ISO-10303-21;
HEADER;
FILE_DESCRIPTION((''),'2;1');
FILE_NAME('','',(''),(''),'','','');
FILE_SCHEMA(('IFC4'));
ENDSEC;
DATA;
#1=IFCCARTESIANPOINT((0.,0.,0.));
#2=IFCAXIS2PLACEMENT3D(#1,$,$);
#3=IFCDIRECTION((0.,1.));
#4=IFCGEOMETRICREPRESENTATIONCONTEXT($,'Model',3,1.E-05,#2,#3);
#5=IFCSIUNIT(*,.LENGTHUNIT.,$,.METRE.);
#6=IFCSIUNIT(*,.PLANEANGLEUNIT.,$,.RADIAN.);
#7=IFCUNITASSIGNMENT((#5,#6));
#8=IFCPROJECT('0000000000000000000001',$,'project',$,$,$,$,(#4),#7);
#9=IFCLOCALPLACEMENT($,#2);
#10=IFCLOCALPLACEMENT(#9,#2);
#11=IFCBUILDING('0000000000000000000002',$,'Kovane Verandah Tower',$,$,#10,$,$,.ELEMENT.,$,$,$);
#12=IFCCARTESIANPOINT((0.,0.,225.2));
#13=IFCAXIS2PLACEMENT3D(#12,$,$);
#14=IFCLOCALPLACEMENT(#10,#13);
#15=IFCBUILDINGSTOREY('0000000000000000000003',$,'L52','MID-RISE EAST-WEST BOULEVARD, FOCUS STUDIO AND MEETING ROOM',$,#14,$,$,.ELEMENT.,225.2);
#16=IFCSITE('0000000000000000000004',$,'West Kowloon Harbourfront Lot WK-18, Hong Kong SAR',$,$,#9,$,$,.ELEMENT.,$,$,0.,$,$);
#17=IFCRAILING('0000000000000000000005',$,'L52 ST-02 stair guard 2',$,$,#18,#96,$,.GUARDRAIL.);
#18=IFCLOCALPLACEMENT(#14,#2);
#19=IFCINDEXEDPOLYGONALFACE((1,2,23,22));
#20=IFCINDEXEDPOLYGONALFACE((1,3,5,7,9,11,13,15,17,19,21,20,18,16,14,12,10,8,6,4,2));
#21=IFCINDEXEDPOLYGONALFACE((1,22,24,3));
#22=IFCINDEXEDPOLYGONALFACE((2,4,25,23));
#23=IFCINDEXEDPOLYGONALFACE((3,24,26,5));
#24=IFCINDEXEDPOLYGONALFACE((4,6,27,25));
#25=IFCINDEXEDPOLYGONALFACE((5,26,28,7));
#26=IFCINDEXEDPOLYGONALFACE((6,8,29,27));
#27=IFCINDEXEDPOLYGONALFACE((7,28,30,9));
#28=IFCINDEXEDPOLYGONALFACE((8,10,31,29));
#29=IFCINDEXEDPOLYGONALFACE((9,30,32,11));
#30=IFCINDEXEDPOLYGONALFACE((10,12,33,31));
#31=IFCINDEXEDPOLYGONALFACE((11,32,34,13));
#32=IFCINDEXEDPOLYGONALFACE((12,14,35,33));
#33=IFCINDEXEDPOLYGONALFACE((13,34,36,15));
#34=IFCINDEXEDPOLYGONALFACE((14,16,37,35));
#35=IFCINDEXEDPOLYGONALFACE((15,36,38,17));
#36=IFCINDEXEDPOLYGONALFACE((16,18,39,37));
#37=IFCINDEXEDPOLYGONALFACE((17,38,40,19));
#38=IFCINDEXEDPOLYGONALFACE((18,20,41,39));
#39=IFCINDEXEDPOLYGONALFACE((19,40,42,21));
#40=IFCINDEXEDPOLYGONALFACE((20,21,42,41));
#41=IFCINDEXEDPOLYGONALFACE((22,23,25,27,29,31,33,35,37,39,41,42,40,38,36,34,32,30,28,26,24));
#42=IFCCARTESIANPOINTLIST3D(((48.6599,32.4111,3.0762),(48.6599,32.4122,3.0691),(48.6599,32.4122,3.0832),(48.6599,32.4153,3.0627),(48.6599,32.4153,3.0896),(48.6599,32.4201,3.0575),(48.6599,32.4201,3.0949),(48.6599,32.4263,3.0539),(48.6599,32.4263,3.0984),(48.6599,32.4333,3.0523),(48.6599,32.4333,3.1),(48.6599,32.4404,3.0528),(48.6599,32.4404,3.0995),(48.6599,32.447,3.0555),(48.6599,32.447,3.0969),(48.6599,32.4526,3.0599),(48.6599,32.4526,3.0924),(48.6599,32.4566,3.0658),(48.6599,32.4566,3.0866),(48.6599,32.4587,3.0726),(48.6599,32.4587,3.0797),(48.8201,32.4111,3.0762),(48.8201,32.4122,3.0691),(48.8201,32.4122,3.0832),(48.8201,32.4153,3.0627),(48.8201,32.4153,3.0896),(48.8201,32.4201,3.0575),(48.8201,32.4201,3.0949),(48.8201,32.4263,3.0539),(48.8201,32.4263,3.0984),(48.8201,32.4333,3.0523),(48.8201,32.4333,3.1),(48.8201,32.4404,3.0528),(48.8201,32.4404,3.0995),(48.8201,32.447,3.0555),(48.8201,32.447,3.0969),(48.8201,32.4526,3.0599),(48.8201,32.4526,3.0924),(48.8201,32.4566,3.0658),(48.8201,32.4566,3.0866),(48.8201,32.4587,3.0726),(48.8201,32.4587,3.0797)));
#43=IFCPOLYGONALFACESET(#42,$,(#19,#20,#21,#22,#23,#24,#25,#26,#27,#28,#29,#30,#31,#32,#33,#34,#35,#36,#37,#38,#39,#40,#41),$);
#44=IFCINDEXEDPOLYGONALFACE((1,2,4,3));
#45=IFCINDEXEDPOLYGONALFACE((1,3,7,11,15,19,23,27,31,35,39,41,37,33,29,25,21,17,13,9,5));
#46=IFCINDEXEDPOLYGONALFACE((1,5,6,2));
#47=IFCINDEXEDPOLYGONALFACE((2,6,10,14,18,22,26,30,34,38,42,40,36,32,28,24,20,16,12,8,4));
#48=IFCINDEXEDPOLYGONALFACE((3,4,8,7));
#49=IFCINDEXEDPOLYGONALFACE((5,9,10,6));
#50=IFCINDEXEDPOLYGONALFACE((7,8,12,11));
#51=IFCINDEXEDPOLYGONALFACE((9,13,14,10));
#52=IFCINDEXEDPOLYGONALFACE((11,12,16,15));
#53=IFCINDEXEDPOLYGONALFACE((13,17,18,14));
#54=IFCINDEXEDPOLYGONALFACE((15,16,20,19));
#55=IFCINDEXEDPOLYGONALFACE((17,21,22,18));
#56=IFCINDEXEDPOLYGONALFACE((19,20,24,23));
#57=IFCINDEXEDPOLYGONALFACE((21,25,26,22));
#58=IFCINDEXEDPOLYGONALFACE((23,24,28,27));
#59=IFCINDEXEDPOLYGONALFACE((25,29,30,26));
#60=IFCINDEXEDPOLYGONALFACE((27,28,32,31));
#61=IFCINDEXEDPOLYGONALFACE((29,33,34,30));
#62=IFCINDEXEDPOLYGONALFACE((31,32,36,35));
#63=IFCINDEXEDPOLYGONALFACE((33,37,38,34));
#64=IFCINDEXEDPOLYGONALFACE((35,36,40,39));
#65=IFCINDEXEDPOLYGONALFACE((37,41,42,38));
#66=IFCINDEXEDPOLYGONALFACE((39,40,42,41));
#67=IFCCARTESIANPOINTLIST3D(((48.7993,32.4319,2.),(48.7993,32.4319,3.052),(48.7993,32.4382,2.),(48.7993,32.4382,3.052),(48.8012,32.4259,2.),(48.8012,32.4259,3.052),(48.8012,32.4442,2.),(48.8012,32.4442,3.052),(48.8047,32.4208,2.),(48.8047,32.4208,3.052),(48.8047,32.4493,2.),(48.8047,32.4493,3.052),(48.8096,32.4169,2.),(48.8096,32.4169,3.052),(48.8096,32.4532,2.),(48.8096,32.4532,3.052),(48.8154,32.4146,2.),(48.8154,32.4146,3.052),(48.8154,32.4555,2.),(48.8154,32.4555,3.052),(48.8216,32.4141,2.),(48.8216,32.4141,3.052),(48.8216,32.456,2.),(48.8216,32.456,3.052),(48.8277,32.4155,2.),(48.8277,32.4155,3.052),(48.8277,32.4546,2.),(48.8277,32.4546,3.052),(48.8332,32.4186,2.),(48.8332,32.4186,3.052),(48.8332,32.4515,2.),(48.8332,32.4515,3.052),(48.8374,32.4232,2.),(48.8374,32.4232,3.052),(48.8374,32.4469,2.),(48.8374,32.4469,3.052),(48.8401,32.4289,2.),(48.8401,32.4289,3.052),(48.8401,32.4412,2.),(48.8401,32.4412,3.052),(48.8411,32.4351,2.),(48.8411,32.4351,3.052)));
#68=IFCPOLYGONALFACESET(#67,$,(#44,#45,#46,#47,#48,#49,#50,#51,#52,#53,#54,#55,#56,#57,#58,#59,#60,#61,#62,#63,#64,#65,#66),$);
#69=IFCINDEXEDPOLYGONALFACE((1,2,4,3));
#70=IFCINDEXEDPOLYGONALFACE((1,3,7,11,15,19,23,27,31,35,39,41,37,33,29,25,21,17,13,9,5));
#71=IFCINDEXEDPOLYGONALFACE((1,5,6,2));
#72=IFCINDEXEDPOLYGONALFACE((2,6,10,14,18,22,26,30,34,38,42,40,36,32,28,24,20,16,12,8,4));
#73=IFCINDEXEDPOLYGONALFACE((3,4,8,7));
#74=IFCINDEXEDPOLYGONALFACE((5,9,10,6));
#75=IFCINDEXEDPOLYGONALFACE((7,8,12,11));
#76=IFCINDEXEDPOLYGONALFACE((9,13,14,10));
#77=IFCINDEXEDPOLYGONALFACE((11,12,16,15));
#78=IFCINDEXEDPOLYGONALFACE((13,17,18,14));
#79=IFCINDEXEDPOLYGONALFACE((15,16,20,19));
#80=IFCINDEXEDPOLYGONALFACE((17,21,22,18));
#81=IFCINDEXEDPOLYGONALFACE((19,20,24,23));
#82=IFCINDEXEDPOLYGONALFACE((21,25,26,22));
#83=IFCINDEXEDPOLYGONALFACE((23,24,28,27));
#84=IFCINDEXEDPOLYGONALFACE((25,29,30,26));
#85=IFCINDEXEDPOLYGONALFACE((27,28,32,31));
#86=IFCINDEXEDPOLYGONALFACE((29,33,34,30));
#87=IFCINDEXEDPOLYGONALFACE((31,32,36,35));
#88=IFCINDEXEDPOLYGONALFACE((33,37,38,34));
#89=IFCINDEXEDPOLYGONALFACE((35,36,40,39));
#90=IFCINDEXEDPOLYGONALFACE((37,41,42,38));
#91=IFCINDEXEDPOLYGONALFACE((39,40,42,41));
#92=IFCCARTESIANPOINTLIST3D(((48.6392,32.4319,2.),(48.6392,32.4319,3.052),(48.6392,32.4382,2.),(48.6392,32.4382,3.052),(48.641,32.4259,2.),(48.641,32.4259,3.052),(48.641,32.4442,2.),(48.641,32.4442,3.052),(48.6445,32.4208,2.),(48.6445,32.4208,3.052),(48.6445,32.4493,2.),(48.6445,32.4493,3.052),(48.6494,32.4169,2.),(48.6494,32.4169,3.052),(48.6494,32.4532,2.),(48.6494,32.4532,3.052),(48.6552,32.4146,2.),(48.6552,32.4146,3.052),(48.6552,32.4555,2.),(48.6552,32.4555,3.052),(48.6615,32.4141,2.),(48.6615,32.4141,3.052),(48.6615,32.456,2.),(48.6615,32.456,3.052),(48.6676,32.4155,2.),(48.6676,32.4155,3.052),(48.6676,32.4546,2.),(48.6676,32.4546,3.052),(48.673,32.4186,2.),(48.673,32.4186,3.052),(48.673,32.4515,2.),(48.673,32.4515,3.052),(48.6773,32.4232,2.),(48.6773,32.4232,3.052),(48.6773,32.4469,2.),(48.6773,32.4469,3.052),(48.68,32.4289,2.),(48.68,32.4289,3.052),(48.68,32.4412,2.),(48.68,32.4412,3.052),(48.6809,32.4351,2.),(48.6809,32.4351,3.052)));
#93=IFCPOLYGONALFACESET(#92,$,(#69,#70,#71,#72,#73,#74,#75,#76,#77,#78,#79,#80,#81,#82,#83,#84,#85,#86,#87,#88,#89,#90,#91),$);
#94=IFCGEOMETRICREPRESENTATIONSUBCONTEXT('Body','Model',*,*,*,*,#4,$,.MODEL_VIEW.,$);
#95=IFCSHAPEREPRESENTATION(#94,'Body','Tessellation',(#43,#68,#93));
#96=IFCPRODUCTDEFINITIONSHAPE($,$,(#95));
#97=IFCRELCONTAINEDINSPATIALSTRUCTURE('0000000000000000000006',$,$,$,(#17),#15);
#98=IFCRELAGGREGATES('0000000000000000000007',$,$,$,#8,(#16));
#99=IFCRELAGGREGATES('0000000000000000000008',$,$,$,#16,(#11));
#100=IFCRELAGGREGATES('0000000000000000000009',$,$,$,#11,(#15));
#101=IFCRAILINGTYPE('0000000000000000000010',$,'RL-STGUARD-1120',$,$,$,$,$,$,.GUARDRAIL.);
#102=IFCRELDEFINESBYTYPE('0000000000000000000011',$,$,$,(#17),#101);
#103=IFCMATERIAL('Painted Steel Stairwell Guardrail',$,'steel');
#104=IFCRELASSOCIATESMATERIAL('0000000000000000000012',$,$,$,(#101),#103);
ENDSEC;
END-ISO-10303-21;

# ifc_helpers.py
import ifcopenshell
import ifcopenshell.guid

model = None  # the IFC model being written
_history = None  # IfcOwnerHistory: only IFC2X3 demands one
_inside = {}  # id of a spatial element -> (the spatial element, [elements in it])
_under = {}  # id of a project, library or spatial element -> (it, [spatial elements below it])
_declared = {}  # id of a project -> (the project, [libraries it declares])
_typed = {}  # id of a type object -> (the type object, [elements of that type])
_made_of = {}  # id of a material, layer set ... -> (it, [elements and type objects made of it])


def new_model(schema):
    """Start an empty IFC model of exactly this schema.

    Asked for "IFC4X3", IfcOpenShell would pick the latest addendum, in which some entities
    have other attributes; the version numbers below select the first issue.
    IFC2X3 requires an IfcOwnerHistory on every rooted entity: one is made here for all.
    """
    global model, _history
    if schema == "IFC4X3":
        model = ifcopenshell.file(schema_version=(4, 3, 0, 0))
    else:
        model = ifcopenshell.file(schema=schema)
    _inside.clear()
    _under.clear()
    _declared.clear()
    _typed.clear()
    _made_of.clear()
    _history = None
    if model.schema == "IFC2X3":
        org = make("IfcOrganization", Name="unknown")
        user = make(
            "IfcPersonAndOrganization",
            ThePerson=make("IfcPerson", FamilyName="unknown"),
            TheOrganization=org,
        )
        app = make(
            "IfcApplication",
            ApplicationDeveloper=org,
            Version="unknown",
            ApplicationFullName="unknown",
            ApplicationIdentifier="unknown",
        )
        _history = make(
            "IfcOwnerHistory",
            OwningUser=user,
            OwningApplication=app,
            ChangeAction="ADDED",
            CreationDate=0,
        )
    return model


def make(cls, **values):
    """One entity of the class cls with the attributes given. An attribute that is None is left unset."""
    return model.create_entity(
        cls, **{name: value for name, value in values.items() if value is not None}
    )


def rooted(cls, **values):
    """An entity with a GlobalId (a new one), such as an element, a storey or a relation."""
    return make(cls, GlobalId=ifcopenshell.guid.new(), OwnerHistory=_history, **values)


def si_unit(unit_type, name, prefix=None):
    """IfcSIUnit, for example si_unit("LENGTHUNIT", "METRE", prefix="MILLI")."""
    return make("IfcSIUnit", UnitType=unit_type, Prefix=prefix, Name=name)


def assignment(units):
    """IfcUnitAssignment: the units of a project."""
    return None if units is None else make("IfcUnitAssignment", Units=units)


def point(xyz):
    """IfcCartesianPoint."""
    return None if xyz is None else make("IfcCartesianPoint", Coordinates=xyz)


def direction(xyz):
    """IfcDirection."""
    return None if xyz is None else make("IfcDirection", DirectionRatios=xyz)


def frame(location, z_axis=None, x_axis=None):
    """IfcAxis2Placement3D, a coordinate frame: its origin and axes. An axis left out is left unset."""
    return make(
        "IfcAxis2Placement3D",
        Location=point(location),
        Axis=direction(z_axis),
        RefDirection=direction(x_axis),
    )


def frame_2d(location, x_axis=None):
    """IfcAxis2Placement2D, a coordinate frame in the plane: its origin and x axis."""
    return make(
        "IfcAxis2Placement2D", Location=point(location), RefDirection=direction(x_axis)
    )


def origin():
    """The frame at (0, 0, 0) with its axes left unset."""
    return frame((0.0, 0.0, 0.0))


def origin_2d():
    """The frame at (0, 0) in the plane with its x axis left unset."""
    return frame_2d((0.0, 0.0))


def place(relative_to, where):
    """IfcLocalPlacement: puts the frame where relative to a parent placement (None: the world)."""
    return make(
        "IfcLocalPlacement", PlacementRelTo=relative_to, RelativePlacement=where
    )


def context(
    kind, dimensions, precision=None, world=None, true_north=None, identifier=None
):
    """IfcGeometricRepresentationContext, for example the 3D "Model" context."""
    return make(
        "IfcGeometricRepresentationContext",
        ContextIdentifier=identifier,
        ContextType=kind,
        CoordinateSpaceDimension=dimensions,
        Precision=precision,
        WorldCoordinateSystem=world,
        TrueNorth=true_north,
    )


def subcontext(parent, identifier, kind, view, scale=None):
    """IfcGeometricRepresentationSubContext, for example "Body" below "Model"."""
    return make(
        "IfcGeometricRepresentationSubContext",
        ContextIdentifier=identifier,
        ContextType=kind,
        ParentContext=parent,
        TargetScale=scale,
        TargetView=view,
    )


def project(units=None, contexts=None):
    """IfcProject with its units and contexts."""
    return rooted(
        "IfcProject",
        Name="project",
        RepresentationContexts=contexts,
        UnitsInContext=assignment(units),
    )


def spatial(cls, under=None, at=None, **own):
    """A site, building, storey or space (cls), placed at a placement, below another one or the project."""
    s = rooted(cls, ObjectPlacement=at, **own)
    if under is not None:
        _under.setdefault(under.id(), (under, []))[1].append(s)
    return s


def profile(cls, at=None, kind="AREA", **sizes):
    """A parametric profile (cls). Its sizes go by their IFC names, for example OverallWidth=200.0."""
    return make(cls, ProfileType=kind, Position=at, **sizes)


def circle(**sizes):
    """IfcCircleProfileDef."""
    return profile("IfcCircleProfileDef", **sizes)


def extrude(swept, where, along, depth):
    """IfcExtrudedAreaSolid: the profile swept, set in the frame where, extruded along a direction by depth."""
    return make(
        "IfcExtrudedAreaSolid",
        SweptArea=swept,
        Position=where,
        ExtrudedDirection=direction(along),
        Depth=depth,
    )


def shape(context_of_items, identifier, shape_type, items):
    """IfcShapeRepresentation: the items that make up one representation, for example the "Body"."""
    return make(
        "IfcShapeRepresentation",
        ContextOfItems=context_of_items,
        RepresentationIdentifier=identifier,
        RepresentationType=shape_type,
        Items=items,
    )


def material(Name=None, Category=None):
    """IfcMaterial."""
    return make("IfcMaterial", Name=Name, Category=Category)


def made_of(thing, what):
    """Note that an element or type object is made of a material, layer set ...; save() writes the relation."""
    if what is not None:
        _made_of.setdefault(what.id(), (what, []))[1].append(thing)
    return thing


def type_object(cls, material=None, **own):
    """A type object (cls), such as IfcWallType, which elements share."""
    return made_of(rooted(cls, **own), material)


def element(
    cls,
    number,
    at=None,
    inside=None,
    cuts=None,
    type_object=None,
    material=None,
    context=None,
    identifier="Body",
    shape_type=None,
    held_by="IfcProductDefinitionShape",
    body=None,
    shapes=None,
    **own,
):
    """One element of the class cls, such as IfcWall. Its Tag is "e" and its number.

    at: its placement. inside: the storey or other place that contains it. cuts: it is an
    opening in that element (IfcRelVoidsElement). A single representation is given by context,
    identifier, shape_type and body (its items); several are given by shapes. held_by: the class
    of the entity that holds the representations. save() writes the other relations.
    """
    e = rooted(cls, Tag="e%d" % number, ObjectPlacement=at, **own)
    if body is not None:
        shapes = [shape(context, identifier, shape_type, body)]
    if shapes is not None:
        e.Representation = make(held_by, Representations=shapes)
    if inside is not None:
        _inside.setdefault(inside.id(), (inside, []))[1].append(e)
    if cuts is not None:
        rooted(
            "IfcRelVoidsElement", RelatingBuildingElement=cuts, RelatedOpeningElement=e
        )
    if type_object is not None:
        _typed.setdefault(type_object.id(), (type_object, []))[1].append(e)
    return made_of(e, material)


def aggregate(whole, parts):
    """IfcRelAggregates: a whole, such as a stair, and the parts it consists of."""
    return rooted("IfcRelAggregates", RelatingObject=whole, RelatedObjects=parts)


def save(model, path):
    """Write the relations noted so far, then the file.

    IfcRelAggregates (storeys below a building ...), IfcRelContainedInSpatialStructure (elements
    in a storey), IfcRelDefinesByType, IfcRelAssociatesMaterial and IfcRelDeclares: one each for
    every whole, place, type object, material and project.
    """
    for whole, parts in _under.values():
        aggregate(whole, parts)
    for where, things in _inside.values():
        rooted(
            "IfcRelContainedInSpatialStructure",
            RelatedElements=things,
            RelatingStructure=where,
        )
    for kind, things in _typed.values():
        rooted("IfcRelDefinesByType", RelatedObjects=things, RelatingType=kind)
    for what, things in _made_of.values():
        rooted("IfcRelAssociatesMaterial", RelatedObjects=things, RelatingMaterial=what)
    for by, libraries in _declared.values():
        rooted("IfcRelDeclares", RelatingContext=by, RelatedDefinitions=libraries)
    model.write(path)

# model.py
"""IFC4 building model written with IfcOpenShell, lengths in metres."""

from ifc_helpers import new_model, si_unit, direction, frame, origin, origin_2d, place, context, subcontext, project, spatial, circle, extrude, material, type_object, element, save


model = new_model("IFC4")

# Units and contexts
model_context = context("Model", 3, precision=1e-05, world=origin(), true_north=direction((0.0, 1.0)))
body_context = subcontext(model_context, "Body", "Model", "MODEL_VIEW")
ifc_project = project(units=[si_unit("LENGTHUNIT", "METRE"), si_unit("PLANEANGLEUNIT", "RADIAN")], contexts=[model_context])

# Site, building, storey
site_placement = place(None, origin())
site = spatial("IfcSite", under=ifc_project, at=site_placement, Name="West Kowloon Harbourfront Lot WK-18, Hong Kong SAR", CompositionType="ELEMENT", RefElevation=0.0)
building_placement = place(site_placement, origin())
building = spatial("IfcBuilding", under=site, at=building_placement, Name="Kovane Verandah Tower", CompositionType="ELEMENT")
storey_placement = place(building_placement, frame((0.0, 0.0, 225.2)))
storey = spatial("IfcBuildingStorey", under=building, at=storey_placement, Name="L52", Description="MID-RISE EAST-WEST BOULEVARD, FOCUS STUDIO AND MEETING ROOM", CompositionType="ELEMENT", Elevation=225.2)

# Railing
ifc_material_1 = material(Name="Painted Steel Stairwell Guardrail", Category="steel")
railing_type_1 = type_object("IfcRailingType", Name="RL-STGUARD-1120", PredefinedType="GUARDRAIL", material=ifc_material_1)
railing_1_placement = place(storey_placement, frame((48.8201, 32.4351, 2.0)))
element("IfcRailing", 1, at=railing_1_placement, inside=storey, type_object=railing_type_1, Name="L52 ST-02 stair guard 2", PredefinedType="GUARDRAIL", context=body_context, shape_type="SweptSolid", body=[
    extrude(circle(Radius=0.0239, at=origin_2d()), frame((0.0, 0.0, 1.0762), z_axis=(-1.0, 0.0, 0.0), x_axis=(0.0, -1.0, 0.0)), (0.0, 0.0, 1.0), 0.1602),
    extrude(circle(Radius=0.021, at=origin_2d()), origin(), (0.0, 0.0, 1.0), 1.052),
    extrude(circle(Radius=0.021, at=origin_2d()), frame((-0.1602, 0.0, 0.0)), (0.0, 0.0, 1.0), 1.052),
])

save(model, "model.ifc")
